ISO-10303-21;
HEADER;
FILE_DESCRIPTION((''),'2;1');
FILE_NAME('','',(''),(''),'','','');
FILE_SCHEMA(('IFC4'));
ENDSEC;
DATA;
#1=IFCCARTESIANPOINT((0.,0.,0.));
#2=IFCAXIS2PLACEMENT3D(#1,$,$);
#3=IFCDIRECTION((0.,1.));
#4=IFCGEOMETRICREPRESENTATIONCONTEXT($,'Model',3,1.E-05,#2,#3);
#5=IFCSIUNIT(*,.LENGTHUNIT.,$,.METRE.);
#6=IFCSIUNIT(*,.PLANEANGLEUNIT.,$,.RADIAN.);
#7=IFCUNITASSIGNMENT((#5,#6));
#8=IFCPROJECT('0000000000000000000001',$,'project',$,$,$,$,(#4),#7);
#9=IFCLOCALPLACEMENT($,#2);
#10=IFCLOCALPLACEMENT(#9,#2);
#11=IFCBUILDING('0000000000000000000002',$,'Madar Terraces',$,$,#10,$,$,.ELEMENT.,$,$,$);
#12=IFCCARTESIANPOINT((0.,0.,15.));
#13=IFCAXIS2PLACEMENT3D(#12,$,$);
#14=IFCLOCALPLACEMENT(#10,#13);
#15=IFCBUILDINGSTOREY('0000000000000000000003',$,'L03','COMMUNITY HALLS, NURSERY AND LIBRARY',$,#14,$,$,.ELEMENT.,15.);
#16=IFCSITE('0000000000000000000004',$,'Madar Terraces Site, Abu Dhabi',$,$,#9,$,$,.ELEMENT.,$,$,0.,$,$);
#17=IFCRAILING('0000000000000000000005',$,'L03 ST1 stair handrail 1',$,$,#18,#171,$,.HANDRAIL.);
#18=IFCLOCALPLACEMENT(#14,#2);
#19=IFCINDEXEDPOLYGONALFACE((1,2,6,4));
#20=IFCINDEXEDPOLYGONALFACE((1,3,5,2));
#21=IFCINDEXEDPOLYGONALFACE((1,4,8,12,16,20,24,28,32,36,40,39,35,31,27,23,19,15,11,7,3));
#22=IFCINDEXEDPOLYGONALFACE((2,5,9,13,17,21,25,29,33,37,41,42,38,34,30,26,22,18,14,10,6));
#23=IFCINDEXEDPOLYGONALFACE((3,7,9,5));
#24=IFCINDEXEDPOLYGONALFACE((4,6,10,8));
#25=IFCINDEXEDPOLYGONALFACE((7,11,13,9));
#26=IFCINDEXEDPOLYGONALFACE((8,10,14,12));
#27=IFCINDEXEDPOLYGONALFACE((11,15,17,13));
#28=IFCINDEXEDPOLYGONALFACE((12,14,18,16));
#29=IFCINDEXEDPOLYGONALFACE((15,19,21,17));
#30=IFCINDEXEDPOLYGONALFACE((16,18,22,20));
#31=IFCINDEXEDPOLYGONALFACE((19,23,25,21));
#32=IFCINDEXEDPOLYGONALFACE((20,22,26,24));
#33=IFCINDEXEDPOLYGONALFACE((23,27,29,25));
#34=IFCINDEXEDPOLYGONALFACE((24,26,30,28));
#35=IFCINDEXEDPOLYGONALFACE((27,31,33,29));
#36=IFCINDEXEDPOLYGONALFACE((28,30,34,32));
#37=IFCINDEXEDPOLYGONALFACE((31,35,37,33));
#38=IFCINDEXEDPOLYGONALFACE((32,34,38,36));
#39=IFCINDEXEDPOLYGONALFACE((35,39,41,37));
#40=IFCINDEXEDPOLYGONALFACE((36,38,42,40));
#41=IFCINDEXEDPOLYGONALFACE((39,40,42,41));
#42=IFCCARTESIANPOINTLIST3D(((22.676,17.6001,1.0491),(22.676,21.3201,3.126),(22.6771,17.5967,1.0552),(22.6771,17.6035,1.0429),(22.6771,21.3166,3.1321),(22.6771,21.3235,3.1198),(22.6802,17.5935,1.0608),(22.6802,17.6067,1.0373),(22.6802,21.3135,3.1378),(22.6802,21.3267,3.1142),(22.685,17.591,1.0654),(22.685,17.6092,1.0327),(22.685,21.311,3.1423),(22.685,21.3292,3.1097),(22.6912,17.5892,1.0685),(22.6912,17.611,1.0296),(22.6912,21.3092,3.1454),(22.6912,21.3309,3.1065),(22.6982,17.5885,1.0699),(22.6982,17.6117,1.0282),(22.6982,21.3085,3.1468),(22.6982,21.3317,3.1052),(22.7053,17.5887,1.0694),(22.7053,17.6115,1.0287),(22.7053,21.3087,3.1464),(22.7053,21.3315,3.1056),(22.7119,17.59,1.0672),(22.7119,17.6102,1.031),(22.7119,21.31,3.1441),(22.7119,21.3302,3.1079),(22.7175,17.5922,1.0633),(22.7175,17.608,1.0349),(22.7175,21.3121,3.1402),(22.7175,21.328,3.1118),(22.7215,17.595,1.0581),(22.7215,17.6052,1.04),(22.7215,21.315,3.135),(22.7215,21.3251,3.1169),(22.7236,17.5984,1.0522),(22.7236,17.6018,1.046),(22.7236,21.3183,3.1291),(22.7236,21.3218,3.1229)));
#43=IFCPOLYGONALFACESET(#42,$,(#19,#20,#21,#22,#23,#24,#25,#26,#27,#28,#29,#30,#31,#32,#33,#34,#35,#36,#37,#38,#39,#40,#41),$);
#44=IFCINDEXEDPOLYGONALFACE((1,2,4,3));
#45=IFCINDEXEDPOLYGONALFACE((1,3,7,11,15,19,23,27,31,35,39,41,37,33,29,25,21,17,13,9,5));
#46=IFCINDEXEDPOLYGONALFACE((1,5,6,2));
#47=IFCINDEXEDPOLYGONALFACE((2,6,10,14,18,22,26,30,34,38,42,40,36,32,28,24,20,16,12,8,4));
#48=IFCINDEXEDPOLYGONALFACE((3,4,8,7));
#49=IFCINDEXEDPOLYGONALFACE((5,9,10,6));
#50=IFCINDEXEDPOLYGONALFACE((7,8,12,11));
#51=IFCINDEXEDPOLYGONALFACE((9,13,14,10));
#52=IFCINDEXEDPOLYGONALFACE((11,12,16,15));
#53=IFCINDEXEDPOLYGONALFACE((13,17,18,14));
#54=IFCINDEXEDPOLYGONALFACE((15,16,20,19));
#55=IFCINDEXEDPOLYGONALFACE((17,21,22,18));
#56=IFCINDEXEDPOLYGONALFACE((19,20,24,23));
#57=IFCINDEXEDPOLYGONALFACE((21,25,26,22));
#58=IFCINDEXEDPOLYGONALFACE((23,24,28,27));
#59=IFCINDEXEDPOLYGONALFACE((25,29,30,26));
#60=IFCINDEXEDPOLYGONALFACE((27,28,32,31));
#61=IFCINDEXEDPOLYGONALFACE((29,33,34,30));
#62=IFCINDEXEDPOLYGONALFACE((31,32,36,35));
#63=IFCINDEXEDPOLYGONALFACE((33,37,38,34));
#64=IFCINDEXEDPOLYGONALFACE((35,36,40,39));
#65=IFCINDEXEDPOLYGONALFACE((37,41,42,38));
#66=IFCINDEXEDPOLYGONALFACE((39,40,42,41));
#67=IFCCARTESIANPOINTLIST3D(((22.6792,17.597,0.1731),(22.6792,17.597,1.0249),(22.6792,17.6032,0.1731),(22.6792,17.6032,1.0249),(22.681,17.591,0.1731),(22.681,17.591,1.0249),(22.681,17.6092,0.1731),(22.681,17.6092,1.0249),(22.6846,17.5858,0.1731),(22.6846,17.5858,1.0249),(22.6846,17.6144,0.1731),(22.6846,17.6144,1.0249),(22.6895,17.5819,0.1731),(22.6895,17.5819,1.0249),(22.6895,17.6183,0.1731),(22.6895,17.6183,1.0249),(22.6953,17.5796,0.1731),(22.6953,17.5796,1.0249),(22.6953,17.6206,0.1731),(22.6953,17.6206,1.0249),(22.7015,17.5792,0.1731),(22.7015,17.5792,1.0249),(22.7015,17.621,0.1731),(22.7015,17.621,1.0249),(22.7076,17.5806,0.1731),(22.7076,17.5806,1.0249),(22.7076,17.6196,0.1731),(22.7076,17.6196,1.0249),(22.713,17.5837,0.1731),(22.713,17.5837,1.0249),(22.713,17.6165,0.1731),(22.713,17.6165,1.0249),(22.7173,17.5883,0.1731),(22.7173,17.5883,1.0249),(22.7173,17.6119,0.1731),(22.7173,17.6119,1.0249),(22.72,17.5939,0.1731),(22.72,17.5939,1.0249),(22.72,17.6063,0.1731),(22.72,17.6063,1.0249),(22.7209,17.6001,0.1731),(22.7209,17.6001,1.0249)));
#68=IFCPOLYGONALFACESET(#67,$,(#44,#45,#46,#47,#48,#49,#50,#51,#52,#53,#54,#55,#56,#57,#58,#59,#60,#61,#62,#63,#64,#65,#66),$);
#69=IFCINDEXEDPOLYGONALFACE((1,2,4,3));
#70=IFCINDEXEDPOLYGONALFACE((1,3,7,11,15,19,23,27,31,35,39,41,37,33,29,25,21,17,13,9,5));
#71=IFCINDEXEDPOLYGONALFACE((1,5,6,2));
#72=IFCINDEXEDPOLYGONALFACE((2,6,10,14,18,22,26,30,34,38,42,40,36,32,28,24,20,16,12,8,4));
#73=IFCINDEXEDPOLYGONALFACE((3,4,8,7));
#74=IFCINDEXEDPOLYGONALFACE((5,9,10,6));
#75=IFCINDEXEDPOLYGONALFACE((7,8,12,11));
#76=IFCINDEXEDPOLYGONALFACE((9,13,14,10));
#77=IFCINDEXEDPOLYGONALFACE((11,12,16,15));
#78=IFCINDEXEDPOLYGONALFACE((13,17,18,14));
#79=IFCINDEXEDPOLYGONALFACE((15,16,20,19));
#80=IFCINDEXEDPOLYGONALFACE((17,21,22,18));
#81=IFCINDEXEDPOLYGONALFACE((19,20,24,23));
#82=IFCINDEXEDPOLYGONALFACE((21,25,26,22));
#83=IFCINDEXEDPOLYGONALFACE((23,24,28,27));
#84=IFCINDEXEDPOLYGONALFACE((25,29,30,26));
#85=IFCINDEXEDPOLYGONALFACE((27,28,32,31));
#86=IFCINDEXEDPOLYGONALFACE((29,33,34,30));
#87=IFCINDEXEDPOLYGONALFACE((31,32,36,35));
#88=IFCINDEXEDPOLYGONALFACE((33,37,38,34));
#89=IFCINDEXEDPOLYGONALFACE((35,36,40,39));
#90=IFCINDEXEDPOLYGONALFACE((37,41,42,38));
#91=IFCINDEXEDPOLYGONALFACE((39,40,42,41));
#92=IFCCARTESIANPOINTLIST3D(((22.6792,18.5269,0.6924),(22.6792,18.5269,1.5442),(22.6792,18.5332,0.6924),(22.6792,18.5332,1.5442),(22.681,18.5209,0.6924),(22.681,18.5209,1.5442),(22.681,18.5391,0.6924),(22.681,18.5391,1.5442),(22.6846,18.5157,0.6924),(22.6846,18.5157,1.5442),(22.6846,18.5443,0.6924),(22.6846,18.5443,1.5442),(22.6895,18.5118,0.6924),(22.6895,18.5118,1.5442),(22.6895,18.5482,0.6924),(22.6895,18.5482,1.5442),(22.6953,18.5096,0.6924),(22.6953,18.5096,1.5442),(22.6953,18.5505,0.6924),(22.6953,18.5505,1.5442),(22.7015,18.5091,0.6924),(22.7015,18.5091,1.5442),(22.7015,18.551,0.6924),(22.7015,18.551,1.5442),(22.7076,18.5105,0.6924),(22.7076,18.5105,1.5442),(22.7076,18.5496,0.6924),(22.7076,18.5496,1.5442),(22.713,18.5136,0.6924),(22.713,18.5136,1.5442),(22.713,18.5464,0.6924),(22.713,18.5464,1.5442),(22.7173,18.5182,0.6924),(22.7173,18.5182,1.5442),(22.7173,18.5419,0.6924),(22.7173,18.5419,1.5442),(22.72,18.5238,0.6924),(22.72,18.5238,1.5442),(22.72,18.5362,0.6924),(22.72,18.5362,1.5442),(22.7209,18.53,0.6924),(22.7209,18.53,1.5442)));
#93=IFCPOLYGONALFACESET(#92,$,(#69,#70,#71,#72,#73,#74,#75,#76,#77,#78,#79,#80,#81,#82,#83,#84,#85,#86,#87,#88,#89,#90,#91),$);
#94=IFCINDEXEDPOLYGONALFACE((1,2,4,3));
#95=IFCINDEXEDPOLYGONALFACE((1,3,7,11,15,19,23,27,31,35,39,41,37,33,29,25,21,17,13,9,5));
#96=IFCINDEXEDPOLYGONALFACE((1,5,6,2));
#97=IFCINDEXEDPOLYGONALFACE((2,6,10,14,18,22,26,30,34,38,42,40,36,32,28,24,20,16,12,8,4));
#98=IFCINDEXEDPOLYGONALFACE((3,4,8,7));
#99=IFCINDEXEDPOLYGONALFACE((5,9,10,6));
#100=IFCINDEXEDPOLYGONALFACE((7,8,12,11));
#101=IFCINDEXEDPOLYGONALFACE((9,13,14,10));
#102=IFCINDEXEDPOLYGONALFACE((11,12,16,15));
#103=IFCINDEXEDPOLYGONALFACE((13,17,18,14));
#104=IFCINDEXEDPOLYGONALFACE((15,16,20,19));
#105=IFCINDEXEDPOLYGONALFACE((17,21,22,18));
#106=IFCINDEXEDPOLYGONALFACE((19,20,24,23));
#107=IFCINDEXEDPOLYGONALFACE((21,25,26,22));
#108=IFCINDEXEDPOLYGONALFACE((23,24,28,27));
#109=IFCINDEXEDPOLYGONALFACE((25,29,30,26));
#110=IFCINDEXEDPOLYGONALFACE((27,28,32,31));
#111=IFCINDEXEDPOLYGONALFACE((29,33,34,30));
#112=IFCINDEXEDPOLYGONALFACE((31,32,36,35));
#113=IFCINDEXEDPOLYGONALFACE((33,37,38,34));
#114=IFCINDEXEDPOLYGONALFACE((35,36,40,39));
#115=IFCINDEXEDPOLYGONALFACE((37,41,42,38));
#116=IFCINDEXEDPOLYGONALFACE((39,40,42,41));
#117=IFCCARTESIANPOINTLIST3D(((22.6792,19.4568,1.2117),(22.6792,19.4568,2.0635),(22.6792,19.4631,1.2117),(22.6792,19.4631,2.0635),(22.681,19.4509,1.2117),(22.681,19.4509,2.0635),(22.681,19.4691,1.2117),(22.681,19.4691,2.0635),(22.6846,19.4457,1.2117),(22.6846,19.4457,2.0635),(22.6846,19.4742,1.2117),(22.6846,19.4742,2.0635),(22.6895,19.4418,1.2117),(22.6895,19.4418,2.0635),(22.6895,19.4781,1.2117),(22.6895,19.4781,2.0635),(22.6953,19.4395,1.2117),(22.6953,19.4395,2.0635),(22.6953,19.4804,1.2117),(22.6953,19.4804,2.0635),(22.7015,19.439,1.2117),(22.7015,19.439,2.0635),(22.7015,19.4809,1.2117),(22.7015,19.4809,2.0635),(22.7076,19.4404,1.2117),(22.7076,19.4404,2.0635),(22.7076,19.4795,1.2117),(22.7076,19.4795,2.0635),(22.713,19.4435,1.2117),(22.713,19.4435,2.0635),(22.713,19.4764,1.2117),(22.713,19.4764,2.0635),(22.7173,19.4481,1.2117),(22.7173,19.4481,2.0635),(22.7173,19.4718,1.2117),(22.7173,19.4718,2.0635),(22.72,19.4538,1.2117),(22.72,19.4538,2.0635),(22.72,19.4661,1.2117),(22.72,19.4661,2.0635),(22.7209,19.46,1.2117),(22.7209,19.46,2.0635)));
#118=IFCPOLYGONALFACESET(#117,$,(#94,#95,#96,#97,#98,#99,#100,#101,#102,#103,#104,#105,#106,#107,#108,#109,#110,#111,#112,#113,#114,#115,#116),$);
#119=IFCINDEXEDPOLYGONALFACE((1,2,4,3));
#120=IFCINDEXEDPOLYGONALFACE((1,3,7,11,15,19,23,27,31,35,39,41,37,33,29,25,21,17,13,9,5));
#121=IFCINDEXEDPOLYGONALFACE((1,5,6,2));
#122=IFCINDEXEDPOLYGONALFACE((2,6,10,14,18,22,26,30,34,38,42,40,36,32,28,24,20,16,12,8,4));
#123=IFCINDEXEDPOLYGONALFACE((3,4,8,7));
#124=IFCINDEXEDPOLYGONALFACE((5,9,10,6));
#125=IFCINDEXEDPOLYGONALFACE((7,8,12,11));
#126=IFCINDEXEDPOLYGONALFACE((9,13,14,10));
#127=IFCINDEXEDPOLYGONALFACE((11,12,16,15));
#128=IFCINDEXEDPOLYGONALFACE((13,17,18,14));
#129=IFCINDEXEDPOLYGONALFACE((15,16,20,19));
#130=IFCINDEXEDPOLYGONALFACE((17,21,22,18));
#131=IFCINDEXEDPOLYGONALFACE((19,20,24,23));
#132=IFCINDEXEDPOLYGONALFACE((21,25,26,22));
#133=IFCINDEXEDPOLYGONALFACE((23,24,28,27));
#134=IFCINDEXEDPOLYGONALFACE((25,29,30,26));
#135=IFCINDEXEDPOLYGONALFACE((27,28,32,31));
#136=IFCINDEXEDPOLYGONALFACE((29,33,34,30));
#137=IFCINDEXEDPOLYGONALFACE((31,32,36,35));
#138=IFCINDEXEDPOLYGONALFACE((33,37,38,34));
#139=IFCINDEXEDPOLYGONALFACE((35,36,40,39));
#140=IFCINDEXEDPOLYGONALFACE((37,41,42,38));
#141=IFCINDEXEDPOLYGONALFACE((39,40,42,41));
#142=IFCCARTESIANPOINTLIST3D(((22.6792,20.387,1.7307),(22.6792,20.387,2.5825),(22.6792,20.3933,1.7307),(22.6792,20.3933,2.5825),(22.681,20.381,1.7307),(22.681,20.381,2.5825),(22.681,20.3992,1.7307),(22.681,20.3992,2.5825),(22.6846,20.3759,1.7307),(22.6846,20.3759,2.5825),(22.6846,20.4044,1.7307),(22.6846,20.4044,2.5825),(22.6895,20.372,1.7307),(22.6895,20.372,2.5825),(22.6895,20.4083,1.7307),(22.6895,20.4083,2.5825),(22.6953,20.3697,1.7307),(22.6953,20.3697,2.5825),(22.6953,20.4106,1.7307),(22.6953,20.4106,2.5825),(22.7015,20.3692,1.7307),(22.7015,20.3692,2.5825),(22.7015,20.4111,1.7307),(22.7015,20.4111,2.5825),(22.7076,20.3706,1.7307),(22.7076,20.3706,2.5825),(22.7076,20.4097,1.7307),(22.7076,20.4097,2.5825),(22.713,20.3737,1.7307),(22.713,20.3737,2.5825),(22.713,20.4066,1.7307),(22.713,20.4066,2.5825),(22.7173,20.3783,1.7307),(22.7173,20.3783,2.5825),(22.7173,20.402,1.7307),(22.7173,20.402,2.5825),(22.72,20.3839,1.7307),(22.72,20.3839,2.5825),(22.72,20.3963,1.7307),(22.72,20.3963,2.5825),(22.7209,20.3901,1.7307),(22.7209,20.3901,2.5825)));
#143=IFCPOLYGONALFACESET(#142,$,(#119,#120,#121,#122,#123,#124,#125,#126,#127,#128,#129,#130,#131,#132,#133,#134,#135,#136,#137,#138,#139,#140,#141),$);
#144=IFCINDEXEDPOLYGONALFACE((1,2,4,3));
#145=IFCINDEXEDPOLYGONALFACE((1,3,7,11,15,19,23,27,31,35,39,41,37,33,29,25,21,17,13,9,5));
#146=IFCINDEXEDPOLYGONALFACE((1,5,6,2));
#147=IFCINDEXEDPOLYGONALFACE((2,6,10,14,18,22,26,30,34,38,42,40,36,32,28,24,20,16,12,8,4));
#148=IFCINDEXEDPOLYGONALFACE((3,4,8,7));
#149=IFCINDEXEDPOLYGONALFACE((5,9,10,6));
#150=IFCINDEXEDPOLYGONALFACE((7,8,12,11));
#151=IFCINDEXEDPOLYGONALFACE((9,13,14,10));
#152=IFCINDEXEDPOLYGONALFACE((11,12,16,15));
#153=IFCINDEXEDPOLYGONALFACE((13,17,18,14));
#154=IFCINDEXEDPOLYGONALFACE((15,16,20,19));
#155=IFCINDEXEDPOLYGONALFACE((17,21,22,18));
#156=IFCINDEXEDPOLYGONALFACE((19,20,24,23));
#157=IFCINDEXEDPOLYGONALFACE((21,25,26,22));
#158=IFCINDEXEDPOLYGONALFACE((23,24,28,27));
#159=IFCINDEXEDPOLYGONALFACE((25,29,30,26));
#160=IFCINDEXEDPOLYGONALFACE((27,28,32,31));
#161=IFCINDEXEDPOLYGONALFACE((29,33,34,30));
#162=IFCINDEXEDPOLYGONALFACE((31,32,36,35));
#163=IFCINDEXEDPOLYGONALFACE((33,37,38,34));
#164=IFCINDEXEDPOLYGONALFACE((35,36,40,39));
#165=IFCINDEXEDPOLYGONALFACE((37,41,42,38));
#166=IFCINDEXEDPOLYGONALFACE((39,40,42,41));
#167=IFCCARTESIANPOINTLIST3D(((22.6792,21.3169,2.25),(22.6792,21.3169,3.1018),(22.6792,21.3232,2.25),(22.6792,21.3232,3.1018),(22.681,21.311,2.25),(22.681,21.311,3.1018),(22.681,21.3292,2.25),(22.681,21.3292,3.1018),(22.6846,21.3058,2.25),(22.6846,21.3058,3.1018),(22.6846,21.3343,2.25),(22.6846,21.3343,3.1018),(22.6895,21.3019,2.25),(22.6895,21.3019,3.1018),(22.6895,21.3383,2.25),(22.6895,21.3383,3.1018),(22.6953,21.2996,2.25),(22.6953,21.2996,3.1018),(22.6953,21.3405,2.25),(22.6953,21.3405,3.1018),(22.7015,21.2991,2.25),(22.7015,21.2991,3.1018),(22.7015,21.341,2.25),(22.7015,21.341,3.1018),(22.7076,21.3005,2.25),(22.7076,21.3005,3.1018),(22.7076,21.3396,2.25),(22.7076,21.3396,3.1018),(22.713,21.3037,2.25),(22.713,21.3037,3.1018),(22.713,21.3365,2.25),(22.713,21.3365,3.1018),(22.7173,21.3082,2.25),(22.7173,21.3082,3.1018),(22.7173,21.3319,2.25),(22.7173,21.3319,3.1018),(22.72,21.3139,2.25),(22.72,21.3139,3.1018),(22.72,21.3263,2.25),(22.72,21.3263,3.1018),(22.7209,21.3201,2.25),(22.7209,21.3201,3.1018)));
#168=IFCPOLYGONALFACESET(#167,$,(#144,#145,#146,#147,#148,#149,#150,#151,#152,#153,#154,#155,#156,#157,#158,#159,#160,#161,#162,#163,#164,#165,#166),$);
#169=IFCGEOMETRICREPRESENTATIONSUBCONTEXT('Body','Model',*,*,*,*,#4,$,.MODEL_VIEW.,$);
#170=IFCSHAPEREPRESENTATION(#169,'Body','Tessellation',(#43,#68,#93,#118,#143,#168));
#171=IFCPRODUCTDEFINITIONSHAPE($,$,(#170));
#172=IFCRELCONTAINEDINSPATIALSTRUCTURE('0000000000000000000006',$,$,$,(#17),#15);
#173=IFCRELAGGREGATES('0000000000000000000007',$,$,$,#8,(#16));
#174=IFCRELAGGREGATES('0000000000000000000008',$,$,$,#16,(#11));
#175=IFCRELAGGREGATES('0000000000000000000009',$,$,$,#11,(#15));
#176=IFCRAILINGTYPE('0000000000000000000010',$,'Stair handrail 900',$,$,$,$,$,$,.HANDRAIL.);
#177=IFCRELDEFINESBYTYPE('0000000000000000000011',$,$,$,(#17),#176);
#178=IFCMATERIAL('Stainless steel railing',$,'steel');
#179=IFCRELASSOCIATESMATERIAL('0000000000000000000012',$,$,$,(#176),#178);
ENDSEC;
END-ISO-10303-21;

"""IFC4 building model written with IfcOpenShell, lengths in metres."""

from ifc_helpers import new_model, si_unit, direction, frame, origin, origin_2d, place, context, subcontext, project, spatial, circle, extrude, material, type_object, element, save


model = new_model("IFC4")

# Units and contexts
model_context = context("Model", 3, precision=1e-05, world=origin(), true_north=direction((0.0, 1.0)))
body_context = subcontext(model_context, "Body", "Model", "MODEL_VIEW")
ifc_project = project(units=[si_unit("LENGTHUNIT", "METRE"), si_unit("PLANEANGLEUNIT", "RADIAN")], contexts=[model_context])

# Site, building, storey
site_placement = place(None, origin())
site = spatial("IfcSite", under=ifc_project, at=site_placement, Name="Madar Terraces Site, Abu Dhabi", CompositionType="ELEMENT", RefElevation=0.0)
building_placement = place(site_placement, origin())
building = spatial("IfcBuilding", under=site, at=building_placement, Name="Madar Terraces", CompositionType="ELEMENT")
storey_placement = place(building_placement, frame((0.0, 0.0, 15.0)))
storey = spatial("IfcBuildingStorey", under=building, at=storey_placement, Name="L03", Description="COMMUNITY HALLS, NURSERY AND LIBRARY", CompositionType="ELEMENT", Elevation=15.0)

# Railing
ifc_material_1 = material(Name="Stainless steel railing", Category="steel")
railing_type_1 = type_object("IfcRailingType", Name="Stair handrail 900", PredefinedType="HANDRAIL", material=ifc_material_1)
railing_1_placement = place(storey_placement, frame((22.7, 17.6001, 0.1731)))
element("IfcRailing", 1, at=railing_1_placement, inside=storey, type_object=railing_type_1, Name="L03 ST1 stair handrail 1", PredefinedType="HANDRAIL", context=body_context, shape_type="SweptSolid", body=[
    extrude(circle(Radius=0.0239, at=origin_2d()), frame((0.0, 0.0, 0.876), z_axis=(0.0, 0.873134, 0.487481), x_axis=(-1.0, 0.0, 0.0)), (0.0, 0.0, 1.0), 4.2605),
    extrude(circle(Radius=0.021, at=origin_2d()), origin(), (0.0, 0.0, 1.0), 0.8518),
    extrude(circle(Radius=0.021, at=origin_2d()), frame((0.0, 0.9299, 0.5193)), (0.0, 0.0, 1.0), 0.8518),
    extrude(circle(Radius=0.021, at=origin_2d()), frame((0.0, 1.8599, 1.0386)), (0.0, 0.0, 1.0), 0.8518),
    extrude(circle(Radius=0.021, at=origin_2d()), frame((0.0, 2.79, 1.5576)), (0.0, 0.0, 1.0), 0.8518),
    extrude(circle(Radius=0.021, at=origin_2d()), frame((0.0, 3.72, 2.0769)), (0.0, 0.0, 1.0), 0.8518),
])

save(model, "model.ifc")
